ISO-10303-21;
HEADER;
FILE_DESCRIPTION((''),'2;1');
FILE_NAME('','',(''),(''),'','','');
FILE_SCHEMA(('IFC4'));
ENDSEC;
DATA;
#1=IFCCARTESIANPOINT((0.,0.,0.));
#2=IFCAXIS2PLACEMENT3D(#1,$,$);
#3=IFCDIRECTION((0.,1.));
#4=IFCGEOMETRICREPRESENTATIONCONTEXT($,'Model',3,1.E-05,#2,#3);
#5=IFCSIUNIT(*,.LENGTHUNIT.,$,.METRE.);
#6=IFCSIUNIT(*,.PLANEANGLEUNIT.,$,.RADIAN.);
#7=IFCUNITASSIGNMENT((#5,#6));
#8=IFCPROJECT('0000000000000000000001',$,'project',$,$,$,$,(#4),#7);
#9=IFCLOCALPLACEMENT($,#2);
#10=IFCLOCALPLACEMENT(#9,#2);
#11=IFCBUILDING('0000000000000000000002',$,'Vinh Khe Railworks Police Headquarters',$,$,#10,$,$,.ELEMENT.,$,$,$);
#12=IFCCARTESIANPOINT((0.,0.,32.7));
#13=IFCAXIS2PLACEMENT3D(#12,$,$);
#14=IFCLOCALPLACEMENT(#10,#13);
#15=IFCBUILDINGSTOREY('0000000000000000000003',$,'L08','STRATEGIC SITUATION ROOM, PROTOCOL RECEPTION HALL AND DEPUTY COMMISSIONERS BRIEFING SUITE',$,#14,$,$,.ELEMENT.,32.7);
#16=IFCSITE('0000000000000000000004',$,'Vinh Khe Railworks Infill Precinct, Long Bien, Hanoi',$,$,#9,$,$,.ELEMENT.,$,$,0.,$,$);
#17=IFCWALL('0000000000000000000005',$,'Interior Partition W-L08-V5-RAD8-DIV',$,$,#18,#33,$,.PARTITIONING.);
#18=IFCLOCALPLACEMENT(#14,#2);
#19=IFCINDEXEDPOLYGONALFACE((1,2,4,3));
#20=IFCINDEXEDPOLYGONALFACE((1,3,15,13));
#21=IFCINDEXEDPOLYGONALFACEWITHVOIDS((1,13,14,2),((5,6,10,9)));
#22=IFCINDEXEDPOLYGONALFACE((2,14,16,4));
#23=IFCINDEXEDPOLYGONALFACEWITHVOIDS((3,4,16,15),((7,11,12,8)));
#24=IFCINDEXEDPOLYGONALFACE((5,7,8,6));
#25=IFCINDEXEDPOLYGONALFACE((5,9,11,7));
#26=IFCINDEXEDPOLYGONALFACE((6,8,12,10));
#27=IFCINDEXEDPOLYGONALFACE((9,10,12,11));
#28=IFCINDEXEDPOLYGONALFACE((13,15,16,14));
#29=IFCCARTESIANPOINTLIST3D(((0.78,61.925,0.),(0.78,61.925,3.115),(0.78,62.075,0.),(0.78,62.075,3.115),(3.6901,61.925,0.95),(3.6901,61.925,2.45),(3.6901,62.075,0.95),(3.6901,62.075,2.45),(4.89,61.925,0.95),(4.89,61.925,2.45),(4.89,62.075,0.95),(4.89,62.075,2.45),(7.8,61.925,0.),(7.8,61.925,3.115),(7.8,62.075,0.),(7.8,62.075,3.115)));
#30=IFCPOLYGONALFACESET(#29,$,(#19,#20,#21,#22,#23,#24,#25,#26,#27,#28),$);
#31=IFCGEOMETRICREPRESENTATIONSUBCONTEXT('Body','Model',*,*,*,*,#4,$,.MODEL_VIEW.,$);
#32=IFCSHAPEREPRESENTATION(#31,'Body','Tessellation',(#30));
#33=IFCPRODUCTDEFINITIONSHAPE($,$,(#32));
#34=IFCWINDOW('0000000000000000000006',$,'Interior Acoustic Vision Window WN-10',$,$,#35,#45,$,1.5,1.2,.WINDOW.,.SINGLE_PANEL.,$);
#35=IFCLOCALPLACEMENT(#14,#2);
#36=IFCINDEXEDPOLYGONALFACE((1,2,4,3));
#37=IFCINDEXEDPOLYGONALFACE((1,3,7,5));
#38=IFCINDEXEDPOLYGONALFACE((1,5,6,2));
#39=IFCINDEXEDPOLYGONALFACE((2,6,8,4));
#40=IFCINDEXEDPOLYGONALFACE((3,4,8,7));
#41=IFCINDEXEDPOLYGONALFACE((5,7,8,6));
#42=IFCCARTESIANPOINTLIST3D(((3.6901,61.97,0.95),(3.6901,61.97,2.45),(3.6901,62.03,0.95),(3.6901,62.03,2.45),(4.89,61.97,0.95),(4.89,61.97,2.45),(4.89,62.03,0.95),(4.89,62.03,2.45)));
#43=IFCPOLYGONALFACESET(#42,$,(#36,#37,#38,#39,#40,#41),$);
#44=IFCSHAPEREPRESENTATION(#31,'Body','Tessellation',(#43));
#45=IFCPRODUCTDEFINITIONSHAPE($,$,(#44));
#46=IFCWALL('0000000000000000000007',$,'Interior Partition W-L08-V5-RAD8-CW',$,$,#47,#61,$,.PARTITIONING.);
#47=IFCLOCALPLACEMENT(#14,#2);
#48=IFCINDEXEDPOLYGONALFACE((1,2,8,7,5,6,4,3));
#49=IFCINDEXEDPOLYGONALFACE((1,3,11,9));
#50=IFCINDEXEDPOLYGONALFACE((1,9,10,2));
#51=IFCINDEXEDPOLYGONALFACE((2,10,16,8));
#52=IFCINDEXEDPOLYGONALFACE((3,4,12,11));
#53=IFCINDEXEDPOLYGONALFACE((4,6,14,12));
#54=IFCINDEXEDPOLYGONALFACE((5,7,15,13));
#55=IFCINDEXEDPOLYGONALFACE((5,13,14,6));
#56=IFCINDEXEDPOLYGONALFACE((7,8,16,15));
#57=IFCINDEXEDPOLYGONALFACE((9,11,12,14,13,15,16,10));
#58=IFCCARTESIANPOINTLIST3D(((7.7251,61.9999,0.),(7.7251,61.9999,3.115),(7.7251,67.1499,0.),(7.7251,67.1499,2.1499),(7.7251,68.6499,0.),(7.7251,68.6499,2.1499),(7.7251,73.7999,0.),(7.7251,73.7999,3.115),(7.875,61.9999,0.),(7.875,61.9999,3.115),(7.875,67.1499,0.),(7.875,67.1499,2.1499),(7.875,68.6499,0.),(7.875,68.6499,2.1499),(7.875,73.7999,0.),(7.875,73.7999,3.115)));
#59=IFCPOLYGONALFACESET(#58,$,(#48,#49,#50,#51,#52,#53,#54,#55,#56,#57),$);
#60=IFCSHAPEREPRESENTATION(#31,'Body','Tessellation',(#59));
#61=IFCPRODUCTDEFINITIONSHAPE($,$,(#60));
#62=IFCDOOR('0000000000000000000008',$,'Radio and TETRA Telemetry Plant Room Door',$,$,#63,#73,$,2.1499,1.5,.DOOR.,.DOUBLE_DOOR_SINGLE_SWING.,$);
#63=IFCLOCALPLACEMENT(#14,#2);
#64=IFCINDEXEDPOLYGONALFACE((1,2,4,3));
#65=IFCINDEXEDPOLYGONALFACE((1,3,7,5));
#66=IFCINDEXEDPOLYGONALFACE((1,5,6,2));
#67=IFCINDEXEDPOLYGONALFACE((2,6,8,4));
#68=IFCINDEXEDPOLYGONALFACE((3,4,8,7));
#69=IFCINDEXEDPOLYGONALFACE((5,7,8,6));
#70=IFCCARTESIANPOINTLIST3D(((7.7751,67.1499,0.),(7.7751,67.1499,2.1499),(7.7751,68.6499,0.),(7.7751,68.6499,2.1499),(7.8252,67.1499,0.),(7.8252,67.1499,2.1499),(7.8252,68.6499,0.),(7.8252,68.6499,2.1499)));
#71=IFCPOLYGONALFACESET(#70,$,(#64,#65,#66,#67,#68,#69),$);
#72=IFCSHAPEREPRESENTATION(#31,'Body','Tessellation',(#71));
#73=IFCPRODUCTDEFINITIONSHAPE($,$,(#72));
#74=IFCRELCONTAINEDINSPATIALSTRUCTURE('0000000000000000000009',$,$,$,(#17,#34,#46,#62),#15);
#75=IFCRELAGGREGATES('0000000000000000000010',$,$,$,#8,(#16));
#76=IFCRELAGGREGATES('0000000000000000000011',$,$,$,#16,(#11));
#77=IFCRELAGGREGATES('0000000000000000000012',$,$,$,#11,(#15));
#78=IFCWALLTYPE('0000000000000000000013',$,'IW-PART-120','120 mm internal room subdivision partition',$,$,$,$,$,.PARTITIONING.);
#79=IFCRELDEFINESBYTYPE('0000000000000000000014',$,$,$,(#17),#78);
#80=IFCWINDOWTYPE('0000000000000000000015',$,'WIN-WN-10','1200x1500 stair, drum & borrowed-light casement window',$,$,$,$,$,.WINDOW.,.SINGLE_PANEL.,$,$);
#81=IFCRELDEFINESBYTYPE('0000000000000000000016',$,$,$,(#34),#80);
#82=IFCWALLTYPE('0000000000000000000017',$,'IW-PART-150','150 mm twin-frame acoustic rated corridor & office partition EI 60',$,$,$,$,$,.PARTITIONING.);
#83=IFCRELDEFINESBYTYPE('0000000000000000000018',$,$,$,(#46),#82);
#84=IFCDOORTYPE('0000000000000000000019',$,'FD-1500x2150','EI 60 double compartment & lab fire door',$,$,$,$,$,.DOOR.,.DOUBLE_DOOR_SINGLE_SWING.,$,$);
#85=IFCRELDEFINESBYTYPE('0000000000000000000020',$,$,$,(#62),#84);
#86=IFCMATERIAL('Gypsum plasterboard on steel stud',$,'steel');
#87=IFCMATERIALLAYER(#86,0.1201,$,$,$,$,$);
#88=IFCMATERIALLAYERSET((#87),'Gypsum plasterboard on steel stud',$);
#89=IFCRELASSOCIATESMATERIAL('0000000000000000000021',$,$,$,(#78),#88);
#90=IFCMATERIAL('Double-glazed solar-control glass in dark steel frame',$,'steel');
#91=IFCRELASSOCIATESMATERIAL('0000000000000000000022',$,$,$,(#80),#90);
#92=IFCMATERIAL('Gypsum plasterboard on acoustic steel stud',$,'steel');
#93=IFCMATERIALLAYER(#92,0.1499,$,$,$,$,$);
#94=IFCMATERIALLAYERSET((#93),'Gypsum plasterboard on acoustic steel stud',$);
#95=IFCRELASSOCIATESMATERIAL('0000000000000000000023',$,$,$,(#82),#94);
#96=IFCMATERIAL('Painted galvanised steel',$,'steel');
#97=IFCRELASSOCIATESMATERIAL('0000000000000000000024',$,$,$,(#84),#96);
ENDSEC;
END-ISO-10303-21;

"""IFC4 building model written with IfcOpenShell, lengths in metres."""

from ifc_helpers import new_model, si_unit, direction, frame, frame_2d, origin, place, context, subcontext, project, spatial, rectangle, extrude, material, layer, layer_set, type_object, element, fill, save


model = new_model("IFC4")

# Units and contexts
model_context = context("Model", 3, precision=1e-05, world=origin(), true_north=direction((0.0, 1.0)))
body_context = subcontext(model_context, "Body", "Model", "MODEL_VIEW")
ifc_project = project(units=[si_unit("LENGTHUNIT", "METRE"), si_unit("PLANEANGLEUNIT", "RADIAN")], contexts=[model_context])

# Site, building, storey
site_placement = place(None, origin())
site = spatial("IfcSite", under=ifc_project, at=site_placement, Name="Vinh Khe Railworks Infill Precinct, Long Bien, Hanoi", CompositionType="ELEMENT", RefElevation=0.0)
building_placement = place(site_placement, origin())
building = spatial("IfcBuilding", under=site, at=building_placement, Name="Vinh Khe Railworks Police Headquarters", CompositionType="ELEMENT")
storey_placement = place(building_placement, frame((0.0, 0.0, 32.7)))
storey = spatial("IfcBuildingStorey", under=building, at=storey_placement, Name="L08", Description="STRATEGIC SITUATION ROOM, PROTOCOL RECEPTION HALL AND DEPUTY COMMISSIONERS BRIEFING SUITE", CompositionType="ELEMENT", Elevation=32.7)

# Wall, opening, window
ifc_material_1 = material(Name="Double-glazed solar-control glass in dark steel frame", Category="steel")
ifc_material_2 = material(Name="Gypsum plasterboard on steel stud", Category="steel")
ifc_layer_1 = layer(ifc_material_2, 0.1201)
ifc_layer_set_1 = layer_set([ifc_layer_1], Name="Gypsum plasterboard on steel stud")
wall_type_1 = type_object("IfcWallType", Name="IW-PART-120", Description="120 mm internal room subdivision partition", PredefinedType="PARTITIONING", material=ifc_layer_set_1)
wall_1_placement = place(storey_placement, frame((0.78, 62.0, 0.0), z_axis=(0.0, 0.0, 1.0), x_axis=(1.0, 0.0, 0.0)))
wall_1 = element("IfcWall", 1, at=wall_1_placement, inside=storey, type_object=wall_type_1, Name="Interior Partition W-L08-V5-RAD8-DIV", PredefinedType="PARTITIONING", context=body_context, shape_type="SweptSolid", body=[
    extrude(rectangle(XDim=7.02, YDim=0.1499, at=frame_2d((3.51, 0.0))), origin(), (0.0, 0.0, 1.0), 3.115),
])
opening_1_placement = place(wall_1_placement, frame((2.9099, 0.0, 0.95)))
opening_1 = element("IfcOpeningElement", 2, at=opening_1_placement, cuts=wall_1, PredefinedType="OPENING", context=body_context, shape_type="SweptSolid", body=[
    extrude(rectangle(XDim=1.2, YDim=1.5, at=frame_2d((0.6001, 0.75))), frame((0.0, 0.0898, 0.0), z_axis=(0.0, -1.0, 0.0), x_axis=(1.0, 0.0, 0.0)), (0.0, 0.0, 1.0), 0.1797),
])
window_type_1 = type_object("IfcWindowType", Name="WIN-WN-10", Description="1200x1500 stair, drum & borrowed-light casement window", PartitioningType="SINGLE_PANEL", PredefinedType="WINDOW", material=ifc_material_1)
window_1_placement = place(opening_1_placement, origin())
window_1 = element("IfcWindow", 3, at=window_1_placement, inside=storey, type_object=window_type_1, Name="Interior Acoustic Vision Window WN-10", OverallHeight=1.5, OverallWidth=1.2, PartitioningType="SINGLE_PANEL", PredefinedType="WINDOW", context=body_context, shape_type="SweptSolid", body=[
    extrude(rectangle(XDim=1.2, YDim=1.5, at=frame_2d((0.6001, 0.75))), frame((0.0, 0.03, 0.0), z_axis=(0.0, -1.0, 0.0), x_axis=(1.0, 0.0, 0.0)), (0.0, 0.0, 1.0), 0.0601),
])
fill(opening_1, window_1)

# Wall, opening, door
ifc_material_3 = material(Name="Gypsum plasterboard on acoustic steel stud", Category="steel")
ifc_layer_2 = layer(ifc_material_3, 0.1499)
ifc_layer_set_2 = layer_set([ifc_layer_2], Name="Gypsum plasterboard on acoustic steel stud")
wall_type_2 = type_object("IfcWallType", Name="IW-PART-150", Description="150 mm twin-frame acoustic rated corridor & office partition EI 60", PredefinedType="PARTITIONING", material=ifc_layer_set_2)
wall_2_placement = place(storey_placement, frame((7.8, 62.0, 0.0), z_axis=(0.0, 0.0, 1.0), x_axis=(0.0, 1.0, 0.0)))
wall_2 = element("IfcWall", 4, at=wall_2_placement, inside=storey, type_object=wall_type_2, Name="Interior Partition W-L08-V5-RAD8-CW", PredefinedType="PARTITIONING", context=body_context, shape_type="SweptSolid", body=[
    extrude(rectangle(XDim=11.8, YDim=0.1499, at=frame_2d((5.8999, 0.0))), origin(), (0.0, 0.0, 1.0), 3.115),
])
opening_2_placement = place(wall_2_placement, frame((5.1499, 0.0, 0.0)))
opening_2 = element("IfcOpeningElement", 5, at=opening_2_placement, cuts=wall_2, PredefinedType="OPENING", context=body_context, shape_type="SweptSolid", body=[
    extrude(rectangle(XDim=1.5, YDim=2.1499, at=frame_2d((0.75, 1.075))), frame((0.0, 0.0898, 0.0), z_axis=(0.0, -1.0, 0.0), x_axis=(1.0, 0.0, 0.0)), (0.0, 0.0, 1.0), 0.1797),
])
ifc_material_4 = material(Name="Painted galvanised steel", Category="steel")
door_type = type_object("IfcDoorType", Name="FD-1500x2150", Description="EI 60 double compartment & lab fire door", OperationType="DOUBLE_DOOR_SINGLE_SWING", PredefinedType="DOOR", material=ifc_material_4)
door_placement = place(opening_2_placement, origin())
door = element("IfcDoor", 6, at=door_placement, inside=storey, type_object=door_type, Name="Radio and TETRA Telemetry Plant Room Door", OperationType="DOUBLE_DOOR_SINGLE_SWING", OverallHeight=2.1499, OverallWidth=1.5, PredefinedType="DOOR", context=body_context, shape_type="SweptSolid", body=[
    extrude(rectangle(XDim=1.5, YDim=2.1499, at=frame_2d((0.75, 1.075))), frame((0.0, 0.0249, 0.0), z_axis=(0.0, -1.0, 0.0), x_axis=(1.0, 0.0, 0.0)), (0.0, 0.0, 1.0), 0.05),
])
fill(opening_2, door)

save(model, "model.ifc")
